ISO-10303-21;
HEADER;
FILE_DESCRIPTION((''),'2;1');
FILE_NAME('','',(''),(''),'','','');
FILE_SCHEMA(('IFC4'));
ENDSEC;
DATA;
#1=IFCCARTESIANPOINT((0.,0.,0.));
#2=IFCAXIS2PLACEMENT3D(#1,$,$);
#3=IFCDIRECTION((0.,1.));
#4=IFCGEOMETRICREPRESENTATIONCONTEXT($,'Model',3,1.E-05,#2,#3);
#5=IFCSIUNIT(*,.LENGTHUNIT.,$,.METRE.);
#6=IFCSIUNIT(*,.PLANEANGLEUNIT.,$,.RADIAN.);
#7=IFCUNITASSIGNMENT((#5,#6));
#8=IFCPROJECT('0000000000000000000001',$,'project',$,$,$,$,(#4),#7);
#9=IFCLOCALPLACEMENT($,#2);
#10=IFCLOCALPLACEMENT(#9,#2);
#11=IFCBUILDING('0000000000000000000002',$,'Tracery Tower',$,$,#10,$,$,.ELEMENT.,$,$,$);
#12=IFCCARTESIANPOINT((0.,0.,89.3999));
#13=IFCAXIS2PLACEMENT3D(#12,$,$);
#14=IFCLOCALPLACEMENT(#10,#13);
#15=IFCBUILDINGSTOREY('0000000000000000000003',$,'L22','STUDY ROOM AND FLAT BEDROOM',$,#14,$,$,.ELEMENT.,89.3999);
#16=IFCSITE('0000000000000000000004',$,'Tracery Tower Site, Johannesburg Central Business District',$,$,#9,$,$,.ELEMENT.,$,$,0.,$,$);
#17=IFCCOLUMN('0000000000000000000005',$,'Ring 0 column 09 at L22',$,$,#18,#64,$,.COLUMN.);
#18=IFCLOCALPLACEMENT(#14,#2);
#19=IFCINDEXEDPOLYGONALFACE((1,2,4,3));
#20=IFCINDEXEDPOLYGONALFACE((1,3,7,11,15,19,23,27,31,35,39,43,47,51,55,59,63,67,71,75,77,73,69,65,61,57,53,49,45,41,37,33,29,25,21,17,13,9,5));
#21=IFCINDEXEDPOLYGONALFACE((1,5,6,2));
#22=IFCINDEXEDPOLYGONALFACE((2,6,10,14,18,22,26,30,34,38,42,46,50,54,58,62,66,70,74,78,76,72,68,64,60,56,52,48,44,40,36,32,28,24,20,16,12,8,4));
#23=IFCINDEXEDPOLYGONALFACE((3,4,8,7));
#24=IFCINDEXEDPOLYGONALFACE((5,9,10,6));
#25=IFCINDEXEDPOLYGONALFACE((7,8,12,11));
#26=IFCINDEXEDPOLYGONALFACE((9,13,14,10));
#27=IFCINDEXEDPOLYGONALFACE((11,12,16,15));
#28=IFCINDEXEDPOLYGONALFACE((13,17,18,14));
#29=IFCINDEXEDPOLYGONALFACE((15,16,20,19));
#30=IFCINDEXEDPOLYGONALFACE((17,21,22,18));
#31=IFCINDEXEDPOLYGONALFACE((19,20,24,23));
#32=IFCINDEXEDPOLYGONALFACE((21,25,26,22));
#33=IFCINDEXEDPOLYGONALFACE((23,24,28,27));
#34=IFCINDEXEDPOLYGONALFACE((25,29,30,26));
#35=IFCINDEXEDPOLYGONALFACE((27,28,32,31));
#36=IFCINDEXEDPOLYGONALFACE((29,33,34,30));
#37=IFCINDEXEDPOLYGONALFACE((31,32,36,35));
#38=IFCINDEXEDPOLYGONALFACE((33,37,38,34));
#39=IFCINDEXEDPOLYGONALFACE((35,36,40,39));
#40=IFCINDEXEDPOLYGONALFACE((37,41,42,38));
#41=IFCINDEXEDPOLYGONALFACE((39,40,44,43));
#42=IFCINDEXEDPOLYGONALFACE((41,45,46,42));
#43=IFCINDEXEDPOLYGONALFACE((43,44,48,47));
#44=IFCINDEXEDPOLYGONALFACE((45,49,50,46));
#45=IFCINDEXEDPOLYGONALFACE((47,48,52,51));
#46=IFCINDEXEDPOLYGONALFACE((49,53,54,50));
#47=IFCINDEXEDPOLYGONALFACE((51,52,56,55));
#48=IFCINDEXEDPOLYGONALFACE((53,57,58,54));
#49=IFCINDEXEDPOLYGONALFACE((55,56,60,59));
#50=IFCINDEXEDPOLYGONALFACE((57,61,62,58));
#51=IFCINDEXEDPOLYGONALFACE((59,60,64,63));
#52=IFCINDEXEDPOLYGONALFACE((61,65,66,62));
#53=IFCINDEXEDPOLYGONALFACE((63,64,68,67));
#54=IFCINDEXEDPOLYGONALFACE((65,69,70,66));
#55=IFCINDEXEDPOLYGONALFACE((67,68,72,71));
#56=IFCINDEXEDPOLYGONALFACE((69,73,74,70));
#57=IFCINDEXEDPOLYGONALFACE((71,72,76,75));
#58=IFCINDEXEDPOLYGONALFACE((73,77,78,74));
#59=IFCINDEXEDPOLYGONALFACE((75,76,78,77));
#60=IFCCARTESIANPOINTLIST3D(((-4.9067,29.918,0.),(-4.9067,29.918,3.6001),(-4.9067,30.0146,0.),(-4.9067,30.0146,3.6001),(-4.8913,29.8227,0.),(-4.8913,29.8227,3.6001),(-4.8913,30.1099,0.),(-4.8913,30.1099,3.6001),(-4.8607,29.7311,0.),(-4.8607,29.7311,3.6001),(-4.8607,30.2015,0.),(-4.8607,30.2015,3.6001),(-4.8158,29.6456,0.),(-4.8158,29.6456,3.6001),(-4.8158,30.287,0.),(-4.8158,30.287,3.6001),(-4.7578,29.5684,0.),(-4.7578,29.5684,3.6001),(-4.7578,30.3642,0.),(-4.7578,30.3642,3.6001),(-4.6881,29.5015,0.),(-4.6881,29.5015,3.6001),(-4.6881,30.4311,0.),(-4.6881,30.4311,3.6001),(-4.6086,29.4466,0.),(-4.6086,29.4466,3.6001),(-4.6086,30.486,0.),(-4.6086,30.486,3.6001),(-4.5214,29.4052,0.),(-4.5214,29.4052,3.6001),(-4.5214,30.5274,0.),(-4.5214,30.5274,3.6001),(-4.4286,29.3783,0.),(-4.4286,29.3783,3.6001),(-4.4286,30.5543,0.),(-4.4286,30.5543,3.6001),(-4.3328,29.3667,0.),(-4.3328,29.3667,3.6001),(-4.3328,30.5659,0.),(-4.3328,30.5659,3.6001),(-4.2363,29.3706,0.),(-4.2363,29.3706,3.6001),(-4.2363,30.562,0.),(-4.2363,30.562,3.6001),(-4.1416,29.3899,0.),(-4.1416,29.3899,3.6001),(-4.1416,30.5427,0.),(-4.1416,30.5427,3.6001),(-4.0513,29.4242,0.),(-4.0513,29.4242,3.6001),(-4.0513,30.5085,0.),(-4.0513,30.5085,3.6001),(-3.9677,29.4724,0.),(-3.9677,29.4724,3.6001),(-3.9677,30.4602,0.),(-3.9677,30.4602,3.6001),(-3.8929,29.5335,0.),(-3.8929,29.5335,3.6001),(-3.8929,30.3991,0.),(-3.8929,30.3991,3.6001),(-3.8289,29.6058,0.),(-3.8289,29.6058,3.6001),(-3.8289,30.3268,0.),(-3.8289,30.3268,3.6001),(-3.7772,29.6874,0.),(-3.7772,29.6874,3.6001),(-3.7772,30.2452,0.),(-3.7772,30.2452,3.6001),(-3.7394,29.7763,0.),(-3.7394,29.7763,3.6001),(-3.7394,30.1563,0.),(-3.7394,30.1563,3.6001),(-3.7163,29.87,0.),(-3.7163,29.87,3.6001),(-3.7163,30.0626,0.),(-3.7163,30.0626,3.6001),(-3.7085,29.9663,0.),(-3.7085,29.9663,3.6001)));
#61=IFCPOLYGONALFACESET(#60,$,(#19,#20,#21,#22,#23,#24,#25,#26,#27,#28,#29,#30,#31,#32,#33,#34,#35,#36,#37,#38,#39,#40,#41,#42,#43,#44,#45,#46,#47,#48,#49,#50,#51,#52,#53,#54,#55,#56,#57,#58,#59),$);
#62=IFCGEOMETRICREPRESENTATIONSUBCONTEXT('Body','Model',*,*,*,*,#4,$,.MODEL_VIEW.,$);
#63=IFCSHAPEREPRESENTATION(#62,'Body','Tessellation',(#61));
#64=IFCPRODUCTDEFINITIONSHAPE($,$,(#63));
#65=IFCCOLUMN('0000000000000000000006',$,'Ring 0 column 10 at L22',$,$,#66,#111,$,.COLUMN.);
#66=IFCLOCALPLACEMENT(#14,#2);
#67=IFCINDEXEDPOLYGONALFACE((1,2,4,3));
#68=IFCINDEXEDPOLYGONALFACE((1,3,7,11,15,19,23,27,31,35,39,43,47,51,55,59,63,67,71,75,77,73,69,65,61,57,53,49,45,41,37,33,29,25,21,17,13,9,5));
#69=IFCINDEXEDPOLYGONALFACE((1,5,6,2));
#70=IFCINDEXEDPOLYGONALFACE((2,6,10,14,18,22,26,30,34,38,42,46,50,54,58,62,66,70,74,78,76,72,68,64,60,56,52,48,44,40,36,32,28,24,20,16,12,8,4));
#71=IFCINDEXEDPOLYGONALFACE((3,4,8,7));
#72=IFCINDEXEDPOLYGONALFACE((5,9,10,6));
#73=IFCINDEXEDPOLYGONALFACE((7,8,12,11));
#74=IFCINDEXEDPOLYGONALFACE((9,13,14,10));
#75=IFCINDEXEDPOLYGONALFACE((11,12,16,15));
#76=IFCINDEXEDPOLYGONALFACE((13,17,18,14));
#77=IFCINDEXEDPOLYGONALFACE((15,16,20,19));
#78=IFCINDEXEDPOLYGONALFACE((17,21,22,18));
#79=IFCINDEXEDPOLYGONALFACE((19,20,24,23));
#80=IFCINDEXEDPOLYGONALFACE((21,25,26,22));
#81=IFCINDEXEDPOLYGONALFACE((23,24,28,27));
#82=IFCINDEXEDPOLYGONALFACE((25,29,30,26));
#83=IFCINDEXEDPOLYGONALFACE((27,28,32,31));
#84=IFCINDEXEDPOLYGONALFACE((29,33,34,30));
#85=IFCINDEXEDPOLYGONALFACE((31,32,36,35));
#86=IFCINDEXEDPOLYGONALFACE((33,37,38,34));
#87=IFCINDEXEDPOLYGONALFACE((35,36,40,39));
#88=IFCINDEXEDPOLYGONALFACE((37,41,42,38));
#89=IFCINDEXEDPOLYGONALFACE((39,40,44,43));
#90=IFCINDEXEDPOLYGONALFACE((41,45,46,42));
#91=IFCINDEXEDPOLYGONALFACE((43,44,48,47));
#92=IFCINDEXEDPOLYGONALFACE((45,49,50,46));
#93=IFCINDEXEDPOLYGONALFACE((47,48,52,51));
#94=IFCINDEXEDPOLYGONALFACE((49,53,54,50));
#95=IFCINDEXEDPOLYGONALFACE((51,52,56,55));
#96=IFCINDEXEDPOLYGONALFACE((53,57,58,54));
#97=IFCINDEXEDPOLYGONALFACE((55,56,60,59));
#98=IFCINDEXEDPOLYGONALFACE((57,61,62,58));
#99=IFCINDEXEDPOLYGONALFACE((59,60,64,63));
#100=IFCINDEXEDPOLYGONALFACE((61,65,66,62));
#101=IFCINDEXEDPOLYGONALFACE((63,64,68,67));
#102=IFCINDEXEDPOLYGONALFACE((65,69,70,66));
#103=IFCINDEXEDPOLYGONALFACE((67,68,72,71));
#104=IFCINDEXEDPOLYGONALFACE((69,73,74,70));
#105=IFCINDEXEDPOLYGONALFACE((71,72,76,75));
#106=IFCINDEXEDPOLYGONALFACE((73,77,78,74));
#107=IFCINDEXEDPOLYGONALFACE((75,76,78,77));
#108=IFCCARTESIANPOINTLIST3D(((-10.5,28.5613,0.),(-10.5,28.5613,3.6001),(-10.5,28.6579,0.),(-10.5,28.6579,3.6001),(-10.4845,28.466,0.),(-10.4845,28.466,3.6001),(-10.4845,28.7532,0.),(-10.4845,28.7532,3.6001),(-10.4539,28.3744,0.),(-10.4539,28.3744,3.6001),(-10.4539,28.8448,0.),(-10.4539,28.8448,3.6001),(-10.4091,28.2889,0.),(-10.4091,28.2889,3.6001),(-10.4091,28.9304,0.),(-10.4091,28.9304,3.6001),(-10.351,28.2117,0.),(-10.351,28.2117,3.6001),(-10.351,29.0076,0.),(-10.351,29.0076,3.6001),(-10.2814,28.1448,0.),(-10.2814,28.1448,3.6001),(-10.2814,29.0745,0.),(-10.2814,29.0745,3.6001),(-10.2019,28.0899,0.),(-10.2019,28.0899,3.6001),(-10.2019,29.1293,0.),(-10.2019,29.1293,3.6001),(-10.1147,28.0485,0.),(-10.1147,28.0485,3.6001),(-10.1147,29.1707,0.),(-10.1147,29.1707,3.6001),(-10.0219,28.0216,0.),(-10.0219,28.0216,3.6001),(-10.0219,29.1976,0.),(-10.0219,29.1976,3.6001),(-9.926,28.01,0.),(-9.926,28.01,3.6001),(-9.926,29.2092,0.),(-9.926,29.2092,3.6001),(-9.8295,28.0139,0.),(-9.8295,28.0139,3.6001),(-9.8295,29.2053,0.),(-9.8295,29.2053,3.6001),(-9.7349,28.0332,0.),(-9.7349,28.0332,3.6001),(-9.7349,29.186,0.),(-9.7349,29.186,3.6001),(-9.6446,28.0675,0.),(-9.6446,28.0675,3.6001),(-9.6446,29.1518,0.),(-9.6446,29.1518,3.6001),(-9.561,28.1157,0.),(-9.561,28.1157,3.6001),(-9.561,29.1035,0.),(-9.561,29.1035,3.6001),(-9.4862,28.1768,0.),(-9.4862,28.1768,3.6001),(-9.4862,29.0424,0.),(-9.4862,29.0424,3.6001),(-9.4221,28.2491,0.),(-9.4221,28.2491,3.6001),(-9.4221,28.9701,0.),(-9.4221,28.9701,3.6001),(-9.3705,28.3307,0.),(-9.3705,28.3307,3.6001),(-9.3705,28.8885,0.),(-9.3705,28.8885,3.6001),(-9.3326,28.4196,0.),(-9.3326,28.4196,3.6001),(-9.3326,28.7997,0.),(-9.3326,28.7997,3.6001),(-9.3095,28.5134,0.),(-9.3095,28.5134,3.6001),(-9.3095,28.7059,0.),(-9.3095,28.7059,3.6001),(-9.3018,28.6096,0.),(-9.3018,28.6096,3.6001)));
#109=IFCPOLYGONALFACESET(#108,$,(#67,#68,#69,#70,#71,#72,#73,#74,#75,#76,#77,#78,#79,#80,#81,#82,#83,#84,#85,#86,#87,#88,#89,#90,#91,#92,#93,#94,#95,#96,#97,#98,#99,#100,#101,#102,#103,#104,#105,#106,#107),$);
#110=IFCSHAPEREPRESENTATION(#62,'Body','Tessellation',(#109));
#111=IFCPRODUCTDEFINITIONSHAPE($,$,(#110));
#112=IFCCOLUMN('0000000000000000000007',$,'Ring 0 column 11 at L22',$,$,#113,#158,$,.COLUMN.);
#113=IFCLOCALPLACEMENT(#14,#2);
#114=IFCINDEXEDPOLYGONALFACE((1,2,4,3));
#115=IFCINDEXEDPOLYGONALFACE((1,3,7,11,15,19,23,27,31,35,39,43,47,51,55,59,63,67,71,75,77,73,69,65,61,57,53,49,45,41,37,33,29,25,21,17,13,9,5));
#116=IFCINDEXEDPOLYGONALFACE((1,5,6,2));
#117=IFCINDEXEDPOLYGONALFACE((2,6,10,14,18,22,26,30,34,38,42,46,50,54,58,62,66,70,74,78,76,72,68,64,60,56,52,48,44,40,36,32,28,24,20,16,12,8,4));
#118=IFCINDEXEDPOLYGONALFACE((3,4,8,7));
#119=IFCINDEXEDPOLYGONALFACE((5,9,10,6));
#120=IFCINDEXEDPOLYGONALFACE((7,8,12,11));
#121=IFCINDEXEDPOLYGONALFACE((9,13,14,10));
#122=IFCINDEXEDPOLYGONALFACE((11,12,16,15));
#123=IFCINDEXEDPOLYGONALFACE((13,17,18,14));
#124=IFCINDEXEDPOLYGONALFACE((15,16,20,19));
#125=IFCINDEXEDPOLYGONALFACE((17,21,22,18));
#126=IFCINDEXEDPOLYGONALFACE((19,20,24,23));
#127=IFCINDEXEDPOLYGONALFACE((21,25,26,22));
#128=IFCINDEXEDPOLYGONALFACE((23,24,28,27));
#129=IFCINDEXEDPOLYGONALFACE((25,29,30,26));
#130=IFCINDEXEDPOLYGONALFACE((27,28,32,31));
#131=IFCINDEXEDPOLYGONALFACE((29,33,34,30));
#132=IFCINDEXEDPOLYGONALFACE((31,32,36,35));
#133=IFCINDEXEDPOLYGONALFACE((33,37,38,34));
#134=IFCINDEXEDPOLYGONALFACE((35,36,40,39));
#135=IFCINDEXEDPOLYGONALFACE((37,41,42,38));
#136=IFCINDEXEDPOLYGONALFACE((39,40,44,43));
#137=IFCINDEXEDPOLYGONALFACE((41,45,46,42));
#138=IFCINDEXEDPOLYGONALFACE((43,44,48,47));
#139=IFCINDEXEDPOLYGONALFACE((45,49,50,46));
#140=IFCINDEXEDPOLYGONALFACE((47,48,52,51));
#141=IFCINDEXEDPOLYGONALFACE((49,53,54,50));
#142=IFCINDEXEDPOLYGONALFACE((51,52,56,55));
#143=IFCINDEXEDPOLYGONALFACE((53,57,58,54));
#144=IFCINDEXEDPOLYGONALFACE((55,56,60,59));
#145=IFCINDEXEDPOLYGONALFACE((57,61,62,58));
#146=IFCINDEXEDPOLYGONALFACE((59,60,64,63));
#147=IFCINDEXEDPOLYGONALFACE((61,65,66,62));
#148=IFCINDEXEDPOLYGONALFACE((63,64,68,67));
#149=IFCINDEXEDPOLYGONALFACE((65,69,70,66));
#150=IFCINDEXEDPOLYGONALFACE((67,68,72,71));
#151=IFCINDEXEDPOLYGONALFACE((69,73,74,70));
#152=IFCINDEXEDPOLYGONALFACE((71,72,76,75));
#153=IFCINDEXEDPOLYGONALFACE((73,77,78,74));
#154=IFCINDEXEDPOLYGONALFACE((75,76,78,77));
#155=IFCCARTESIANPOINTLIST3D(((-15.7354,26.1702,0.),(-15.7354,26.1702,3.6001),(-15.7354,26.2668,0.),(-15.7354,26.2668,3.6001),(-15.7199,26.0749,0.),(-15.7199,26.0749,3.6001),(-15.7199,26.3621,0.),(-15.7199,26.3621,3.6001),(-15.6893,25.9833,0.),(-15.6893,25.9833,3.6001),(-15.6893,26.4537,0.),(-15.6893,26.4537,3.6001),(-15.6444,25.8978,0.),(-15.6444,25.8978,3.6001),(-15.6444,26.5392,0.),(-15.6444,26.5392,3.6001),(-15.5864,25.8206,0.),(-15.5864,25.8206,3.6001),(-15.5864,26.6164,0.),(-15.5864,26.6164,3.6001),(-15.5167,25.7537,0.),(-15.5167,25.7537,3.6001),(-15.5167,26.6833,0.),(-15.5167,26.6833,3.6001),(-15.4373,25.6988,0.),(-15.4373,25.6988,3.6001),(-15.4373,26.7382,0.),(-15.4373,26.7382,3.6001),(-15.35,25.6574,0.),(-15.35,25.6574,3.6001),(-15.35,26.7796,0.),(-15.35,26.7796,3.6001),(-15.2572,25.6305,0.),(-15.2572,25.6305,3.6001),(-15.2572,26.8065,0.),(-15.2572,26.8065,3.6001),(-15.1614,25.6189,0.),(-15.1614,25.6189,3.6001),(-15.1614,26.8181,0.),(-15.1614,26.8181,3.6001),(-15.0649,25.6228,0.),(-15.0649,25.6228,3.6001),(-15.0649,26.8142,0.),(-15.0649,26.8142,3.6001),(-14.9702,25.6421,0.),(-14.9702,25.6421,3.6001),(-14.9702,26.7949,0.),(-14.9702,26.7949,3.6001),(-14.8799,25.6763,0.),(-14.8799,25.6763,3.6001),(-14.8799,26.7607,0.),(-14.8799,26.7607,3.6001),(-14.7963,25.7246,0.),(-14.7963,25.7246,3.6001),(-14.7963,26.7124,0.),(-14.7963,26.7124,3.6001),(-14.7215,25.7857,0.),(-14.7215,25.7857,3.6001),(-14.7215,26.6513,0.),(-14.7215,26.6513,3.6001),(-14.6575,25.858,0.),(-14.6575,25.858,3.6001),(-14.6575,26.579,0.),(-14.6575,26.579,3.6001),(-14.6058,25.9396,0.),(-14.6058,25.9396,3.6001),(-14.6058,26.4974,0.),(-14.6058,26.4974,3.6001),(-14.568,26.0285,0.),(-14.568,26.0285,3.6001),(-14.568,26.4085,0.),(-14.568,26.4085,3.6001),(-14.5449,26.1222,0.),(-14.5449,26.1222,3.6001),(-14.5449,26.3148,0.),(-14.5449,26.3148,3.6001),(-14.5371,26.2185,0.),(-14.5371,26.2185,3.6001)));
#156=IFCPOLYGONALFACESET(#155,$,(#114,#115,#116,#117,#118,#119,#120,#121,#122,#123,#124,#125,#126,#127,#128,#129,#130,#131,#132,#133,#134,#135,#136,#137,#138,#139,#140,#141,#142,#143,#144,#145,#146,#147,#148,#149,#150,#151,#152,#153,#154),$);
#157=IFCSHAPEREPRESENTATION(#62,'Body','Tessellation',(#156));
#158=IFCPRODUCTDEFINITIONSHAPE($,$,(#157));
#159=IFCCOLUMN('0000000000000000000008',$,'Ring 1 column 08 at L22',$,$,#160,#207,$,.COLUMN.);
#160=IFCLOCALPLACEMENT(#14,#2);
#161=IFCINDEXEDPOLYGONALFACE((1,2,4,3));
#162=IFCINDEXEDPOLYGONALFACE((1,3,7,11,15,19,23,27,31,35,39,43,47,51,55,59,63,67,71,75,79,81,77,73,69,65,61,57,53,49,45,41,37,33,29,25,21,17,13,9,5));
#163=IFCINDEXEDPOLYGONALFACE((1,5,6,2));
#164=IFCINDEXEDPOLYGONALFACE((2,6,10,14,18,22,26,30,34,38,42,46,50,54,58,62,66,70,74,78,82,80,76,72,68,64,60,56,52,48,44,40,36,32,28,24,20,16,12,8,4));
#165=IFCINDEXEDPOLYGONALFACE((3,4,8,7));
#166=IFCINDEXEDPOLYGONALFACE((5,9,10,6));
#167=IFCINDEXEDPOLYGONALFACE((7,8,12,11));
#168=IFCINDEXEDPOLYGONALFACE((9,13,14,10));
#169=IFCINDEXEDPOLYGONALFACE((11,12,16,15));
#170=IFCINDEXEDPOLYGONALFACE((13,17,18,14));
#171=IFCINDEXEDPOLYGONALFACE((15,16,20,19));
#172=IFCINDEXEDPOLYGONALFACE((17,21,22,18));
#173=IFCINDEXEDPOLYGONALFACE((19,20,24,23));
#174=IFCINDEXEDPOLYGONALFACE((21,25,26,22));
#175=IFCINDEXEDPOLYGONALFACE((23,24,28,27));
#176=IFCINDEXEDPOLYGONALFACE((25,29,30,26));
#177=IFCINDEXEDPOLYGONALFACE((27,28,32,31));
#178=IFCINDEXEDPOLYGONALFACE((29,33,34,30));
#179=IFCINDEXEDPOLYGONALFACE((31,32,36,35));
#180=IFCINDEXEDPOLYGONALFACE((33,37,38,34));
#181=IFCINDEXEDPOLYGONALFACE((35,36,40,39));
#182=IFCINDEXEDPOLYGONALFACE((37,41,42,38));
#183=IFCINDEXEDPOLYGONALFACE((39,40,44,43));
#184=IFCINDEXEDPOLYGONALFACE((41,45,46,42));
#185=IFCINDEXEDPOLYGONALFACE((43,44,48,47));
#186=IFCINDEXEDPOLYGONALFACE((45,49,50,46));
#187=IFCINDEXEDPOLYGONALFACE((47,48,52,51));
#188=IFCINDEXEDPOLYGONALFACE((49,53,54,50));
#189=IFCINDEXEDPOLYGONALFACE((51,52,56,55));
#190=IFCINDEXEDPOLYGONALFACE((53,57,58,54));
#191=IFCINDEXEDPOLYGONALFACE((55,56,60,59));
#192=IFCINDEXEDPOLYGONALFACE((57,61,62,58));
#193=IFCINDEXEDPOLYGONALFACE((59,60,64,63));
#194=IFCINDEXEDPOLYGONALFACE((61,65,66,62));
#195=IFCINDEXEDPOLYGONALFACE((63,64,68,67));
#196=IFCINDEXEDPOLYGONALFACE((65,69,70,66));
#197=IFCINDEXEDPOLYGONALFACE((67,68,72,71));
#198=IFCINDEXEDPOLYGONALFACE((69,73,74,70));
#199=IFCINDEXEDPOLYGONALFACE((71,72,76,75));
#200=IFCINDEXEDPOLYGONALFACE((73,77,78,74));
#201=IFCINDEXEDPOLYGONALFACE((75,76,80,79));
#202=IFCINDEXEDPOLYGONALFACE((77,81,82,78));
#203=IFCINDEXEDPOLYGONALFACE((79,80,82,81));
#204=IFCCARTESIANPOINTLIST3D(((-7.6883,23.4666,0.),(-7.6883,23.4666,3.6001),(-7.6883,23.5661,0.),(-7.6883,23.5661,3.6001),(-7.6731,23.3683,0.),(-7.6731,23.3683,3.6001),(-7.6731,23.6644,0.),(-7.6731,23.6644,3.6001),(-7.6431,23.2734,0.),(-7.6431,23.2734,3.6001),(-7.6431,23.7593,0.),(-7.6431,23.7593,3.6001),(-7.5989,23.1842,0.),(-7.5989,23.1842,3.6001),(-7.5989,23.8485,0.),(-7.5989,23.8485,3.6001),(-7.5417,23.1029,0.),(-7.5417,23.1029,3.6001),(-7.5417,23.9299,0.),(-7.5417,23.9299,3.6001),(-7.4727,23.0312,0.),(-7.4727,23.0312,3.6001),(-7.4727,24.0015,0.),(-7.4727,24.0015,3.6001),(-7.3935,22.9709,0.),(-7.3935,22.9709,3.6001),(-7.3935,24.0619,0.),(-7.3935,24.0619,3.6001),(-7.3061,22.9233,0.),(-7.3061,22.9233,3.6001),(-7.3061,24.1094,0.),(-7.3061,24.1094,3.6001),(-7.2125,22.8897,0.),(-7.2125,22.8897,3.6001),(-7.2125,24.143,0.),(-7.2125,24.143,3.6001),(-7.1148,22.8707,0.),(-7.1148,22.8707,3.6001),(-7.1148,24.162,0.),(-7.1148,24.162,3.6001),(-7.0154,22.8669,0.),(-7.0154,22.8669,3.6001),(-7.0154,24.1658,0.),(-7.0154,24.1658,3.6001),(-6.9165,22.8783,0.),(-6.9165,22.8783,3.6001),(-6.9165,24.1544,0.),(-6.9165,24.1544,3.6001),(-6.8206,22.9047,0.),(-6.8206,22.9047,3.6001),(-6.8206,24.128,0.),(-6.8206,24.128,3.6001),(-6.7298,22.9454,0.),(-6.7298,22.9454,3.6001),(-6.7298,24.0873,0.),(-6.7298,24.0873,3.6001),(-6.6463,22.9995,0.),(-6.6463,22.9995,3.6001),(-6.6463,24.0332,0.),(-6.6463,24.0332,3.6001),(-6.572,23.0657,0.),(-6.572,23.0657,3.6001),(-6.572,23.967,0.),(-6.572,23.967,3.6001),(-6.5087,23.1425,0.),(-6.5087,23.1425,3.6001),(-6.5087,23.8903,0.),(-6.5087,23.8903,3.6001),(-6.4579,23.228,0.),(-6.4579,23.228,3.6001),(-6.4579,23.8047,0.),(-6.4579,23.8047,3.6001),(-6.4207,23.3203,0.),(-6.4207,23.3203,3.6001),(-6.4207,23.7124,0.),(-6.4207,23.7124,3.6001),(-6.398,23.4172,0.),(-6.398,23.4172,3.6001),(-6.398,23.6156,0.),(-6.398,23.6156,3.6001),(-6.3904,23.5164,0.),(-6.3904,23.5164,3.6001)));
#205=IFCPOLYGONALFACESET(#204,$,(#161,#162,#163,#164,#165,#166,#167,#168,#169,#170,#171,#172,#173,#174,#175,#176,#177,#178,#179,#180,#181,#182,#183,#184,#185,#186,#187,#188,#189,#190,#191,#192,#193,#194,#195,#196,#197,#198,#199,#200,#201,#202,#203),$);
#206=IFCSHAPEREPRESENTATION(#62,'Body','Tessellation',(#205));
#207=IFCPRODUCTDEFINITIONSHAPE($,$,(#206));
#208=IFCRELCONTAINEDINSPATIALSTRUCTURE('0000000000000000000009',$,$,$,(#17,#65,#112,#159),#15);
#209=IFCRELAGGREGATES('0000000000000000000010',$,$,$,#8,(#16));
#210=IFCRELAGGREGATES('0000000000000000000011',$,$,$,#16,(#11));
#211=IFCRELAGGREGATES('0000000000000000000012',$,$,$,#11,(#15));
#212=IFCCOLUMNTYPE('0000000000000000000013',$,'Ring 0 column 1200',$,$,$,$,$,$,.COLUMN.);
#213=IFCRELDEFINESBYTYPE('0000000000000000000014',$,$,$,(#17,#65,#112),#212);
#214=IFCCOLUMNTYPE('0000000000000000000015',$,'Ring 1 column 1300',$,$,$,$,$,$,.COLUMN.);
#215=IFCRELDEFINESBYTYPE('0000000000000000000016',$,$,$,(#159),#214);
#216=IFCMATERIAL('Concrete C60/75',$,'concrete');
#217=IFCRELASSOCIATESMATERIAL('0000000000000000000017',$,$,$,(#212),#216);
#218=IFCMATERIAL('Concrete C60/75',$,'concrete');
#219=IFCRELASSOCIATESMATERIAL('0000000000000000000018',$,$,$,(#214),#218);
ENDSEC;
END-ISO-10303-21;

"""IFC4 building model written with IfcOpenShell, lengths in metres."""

from ifc_helpers import new_model, si_unit, direction, frame, origin, origin_2d, place, context, subcontext, project, spatial, circle, extrude, material, material_profile, profile_set, type_object, element, save


model = new_model("IFC4")

# Units and contexts
model_context = context("Model", 3, precision=1e-05, world=origin(), true_north=direction((0.0, 1.0)))
body_context = subcontext(model_context, "Body", "Model", "MODEL_VIEW")
ifc_project = project(units=[si_unit("LENGTHUNIT", "METRE"), si_unit("PLANEANGLEUNIT", "RADIAN")], contexts=[model_context])

# Site, building, storey
site_placement = place(None, origin())
site = spatial("IfcSite", under=ifc_project, at=site_placement, Name="Tracery Tower Site, Johannesburg Central Business District", CompositionType="ELEMENT", RefElevation=0.0)
building_placement = place(site_placement, origin())
building = spatial("IfcBuilding", under=site, at=building_placement, Name="Tracery Tower", CompositionType="ELEMENT")
storey_placement = place(building_placement, frame((0.0, 0.0, 89.3999)))
storey = spatial("IfcBuildingStorey", under=building, at=storey_placement, Name="L22", Description="STUDY ROOM AND FLAT BEDROOM", CompositionType="ELEMENT", Elevation=89.3999)

# Columns
ifc_material_1 = material(Name="Concrete C60/75", Category="concrete")
ifc_material_profile_1 = material_profile(ifc_material_1, circle(Radius=0.6001, at=origin_2d()), Name="RC D1200")
ifc_profile_set_1 = profile_set([ifc_material_profile_1], Name="Concrete C60/75")
column_type_1 = type_object("IfcColumnType", Name="Ring 0 column 1200", PredefinedType="COLUMN", material=ifc_profile_set_1)
for number, where, z_axis, x_axis, name in (
    (1, (-4.3086, 29.9663, 0.0), (0.0, 0.0, 1.0), (1.0, 0.0, 0.0), "Ring 0 column 09 at L22"),
    (2, (-9.9019, 28.6096, 0.0), (0.0, 0.0, 1.0), (1.0, 0.0, 0.0), "Ring 0 column 10 at L22"),
    (3, (-15.1372, 26.2185, 0.0), (0.0, 0.0, 1.0), (1.0, 0.0, 0.0), "Ring 0 column 11 at L22"),
):
    element("IfcColumn", number, at=place(storey_placement, frame(where, z_axis=z_axis, x_axis=x_axis)), inside=storey, type_object=column_type_1, Name=name, PredefinedType="COLUMN", context=body_context, shape_type="SweptSolid", body=[
        extrude(circle(Radius=0.6001, at=origin_2d()), origin(), (0.0, 0.0, 1.0), 3.6001),
    ])
ifc_material_2 = material(Name="Concrete C60/75", Category="concrete")
ifc_material_profile_2 = material_profile(ifc_material_2, circle(Radius=0.6499, at=origin_2d()), Name="RC D1300")
ifc_profile_set_2 = profile_set([ifc_material_profile_2], Name="Concrete C60/75")
column_type_2 = type_object("IfcColumnType", Name="Ring 1 column 1300", PredefinedType="COLUMN", material=ifc_profile_set_2)
for number, where, z_axis, x_axis, name in (
    (4, (-7.0403, 23.5164, 0.0), (0.0, 0.0, 1.0), (1.0, 0.0, 0.0), "Ring 1 column 08 at L22"),
):
    element("IfcColumn", number, at=place(storey_placement, frame(where, z_axis=z_axis, x_axis=x_axis)), inside=storey, type_object=column_type_2, Name=name, PredefinedType="COLUMN", context=body_context, shape_type="SweptSolid", body=[
        extrude(circle(Radius=0.6499, at=origin_2d()), origin(), (0.0, 0.0, 1.0), 3.6001),
    ])

save(model, "model.ifc")
